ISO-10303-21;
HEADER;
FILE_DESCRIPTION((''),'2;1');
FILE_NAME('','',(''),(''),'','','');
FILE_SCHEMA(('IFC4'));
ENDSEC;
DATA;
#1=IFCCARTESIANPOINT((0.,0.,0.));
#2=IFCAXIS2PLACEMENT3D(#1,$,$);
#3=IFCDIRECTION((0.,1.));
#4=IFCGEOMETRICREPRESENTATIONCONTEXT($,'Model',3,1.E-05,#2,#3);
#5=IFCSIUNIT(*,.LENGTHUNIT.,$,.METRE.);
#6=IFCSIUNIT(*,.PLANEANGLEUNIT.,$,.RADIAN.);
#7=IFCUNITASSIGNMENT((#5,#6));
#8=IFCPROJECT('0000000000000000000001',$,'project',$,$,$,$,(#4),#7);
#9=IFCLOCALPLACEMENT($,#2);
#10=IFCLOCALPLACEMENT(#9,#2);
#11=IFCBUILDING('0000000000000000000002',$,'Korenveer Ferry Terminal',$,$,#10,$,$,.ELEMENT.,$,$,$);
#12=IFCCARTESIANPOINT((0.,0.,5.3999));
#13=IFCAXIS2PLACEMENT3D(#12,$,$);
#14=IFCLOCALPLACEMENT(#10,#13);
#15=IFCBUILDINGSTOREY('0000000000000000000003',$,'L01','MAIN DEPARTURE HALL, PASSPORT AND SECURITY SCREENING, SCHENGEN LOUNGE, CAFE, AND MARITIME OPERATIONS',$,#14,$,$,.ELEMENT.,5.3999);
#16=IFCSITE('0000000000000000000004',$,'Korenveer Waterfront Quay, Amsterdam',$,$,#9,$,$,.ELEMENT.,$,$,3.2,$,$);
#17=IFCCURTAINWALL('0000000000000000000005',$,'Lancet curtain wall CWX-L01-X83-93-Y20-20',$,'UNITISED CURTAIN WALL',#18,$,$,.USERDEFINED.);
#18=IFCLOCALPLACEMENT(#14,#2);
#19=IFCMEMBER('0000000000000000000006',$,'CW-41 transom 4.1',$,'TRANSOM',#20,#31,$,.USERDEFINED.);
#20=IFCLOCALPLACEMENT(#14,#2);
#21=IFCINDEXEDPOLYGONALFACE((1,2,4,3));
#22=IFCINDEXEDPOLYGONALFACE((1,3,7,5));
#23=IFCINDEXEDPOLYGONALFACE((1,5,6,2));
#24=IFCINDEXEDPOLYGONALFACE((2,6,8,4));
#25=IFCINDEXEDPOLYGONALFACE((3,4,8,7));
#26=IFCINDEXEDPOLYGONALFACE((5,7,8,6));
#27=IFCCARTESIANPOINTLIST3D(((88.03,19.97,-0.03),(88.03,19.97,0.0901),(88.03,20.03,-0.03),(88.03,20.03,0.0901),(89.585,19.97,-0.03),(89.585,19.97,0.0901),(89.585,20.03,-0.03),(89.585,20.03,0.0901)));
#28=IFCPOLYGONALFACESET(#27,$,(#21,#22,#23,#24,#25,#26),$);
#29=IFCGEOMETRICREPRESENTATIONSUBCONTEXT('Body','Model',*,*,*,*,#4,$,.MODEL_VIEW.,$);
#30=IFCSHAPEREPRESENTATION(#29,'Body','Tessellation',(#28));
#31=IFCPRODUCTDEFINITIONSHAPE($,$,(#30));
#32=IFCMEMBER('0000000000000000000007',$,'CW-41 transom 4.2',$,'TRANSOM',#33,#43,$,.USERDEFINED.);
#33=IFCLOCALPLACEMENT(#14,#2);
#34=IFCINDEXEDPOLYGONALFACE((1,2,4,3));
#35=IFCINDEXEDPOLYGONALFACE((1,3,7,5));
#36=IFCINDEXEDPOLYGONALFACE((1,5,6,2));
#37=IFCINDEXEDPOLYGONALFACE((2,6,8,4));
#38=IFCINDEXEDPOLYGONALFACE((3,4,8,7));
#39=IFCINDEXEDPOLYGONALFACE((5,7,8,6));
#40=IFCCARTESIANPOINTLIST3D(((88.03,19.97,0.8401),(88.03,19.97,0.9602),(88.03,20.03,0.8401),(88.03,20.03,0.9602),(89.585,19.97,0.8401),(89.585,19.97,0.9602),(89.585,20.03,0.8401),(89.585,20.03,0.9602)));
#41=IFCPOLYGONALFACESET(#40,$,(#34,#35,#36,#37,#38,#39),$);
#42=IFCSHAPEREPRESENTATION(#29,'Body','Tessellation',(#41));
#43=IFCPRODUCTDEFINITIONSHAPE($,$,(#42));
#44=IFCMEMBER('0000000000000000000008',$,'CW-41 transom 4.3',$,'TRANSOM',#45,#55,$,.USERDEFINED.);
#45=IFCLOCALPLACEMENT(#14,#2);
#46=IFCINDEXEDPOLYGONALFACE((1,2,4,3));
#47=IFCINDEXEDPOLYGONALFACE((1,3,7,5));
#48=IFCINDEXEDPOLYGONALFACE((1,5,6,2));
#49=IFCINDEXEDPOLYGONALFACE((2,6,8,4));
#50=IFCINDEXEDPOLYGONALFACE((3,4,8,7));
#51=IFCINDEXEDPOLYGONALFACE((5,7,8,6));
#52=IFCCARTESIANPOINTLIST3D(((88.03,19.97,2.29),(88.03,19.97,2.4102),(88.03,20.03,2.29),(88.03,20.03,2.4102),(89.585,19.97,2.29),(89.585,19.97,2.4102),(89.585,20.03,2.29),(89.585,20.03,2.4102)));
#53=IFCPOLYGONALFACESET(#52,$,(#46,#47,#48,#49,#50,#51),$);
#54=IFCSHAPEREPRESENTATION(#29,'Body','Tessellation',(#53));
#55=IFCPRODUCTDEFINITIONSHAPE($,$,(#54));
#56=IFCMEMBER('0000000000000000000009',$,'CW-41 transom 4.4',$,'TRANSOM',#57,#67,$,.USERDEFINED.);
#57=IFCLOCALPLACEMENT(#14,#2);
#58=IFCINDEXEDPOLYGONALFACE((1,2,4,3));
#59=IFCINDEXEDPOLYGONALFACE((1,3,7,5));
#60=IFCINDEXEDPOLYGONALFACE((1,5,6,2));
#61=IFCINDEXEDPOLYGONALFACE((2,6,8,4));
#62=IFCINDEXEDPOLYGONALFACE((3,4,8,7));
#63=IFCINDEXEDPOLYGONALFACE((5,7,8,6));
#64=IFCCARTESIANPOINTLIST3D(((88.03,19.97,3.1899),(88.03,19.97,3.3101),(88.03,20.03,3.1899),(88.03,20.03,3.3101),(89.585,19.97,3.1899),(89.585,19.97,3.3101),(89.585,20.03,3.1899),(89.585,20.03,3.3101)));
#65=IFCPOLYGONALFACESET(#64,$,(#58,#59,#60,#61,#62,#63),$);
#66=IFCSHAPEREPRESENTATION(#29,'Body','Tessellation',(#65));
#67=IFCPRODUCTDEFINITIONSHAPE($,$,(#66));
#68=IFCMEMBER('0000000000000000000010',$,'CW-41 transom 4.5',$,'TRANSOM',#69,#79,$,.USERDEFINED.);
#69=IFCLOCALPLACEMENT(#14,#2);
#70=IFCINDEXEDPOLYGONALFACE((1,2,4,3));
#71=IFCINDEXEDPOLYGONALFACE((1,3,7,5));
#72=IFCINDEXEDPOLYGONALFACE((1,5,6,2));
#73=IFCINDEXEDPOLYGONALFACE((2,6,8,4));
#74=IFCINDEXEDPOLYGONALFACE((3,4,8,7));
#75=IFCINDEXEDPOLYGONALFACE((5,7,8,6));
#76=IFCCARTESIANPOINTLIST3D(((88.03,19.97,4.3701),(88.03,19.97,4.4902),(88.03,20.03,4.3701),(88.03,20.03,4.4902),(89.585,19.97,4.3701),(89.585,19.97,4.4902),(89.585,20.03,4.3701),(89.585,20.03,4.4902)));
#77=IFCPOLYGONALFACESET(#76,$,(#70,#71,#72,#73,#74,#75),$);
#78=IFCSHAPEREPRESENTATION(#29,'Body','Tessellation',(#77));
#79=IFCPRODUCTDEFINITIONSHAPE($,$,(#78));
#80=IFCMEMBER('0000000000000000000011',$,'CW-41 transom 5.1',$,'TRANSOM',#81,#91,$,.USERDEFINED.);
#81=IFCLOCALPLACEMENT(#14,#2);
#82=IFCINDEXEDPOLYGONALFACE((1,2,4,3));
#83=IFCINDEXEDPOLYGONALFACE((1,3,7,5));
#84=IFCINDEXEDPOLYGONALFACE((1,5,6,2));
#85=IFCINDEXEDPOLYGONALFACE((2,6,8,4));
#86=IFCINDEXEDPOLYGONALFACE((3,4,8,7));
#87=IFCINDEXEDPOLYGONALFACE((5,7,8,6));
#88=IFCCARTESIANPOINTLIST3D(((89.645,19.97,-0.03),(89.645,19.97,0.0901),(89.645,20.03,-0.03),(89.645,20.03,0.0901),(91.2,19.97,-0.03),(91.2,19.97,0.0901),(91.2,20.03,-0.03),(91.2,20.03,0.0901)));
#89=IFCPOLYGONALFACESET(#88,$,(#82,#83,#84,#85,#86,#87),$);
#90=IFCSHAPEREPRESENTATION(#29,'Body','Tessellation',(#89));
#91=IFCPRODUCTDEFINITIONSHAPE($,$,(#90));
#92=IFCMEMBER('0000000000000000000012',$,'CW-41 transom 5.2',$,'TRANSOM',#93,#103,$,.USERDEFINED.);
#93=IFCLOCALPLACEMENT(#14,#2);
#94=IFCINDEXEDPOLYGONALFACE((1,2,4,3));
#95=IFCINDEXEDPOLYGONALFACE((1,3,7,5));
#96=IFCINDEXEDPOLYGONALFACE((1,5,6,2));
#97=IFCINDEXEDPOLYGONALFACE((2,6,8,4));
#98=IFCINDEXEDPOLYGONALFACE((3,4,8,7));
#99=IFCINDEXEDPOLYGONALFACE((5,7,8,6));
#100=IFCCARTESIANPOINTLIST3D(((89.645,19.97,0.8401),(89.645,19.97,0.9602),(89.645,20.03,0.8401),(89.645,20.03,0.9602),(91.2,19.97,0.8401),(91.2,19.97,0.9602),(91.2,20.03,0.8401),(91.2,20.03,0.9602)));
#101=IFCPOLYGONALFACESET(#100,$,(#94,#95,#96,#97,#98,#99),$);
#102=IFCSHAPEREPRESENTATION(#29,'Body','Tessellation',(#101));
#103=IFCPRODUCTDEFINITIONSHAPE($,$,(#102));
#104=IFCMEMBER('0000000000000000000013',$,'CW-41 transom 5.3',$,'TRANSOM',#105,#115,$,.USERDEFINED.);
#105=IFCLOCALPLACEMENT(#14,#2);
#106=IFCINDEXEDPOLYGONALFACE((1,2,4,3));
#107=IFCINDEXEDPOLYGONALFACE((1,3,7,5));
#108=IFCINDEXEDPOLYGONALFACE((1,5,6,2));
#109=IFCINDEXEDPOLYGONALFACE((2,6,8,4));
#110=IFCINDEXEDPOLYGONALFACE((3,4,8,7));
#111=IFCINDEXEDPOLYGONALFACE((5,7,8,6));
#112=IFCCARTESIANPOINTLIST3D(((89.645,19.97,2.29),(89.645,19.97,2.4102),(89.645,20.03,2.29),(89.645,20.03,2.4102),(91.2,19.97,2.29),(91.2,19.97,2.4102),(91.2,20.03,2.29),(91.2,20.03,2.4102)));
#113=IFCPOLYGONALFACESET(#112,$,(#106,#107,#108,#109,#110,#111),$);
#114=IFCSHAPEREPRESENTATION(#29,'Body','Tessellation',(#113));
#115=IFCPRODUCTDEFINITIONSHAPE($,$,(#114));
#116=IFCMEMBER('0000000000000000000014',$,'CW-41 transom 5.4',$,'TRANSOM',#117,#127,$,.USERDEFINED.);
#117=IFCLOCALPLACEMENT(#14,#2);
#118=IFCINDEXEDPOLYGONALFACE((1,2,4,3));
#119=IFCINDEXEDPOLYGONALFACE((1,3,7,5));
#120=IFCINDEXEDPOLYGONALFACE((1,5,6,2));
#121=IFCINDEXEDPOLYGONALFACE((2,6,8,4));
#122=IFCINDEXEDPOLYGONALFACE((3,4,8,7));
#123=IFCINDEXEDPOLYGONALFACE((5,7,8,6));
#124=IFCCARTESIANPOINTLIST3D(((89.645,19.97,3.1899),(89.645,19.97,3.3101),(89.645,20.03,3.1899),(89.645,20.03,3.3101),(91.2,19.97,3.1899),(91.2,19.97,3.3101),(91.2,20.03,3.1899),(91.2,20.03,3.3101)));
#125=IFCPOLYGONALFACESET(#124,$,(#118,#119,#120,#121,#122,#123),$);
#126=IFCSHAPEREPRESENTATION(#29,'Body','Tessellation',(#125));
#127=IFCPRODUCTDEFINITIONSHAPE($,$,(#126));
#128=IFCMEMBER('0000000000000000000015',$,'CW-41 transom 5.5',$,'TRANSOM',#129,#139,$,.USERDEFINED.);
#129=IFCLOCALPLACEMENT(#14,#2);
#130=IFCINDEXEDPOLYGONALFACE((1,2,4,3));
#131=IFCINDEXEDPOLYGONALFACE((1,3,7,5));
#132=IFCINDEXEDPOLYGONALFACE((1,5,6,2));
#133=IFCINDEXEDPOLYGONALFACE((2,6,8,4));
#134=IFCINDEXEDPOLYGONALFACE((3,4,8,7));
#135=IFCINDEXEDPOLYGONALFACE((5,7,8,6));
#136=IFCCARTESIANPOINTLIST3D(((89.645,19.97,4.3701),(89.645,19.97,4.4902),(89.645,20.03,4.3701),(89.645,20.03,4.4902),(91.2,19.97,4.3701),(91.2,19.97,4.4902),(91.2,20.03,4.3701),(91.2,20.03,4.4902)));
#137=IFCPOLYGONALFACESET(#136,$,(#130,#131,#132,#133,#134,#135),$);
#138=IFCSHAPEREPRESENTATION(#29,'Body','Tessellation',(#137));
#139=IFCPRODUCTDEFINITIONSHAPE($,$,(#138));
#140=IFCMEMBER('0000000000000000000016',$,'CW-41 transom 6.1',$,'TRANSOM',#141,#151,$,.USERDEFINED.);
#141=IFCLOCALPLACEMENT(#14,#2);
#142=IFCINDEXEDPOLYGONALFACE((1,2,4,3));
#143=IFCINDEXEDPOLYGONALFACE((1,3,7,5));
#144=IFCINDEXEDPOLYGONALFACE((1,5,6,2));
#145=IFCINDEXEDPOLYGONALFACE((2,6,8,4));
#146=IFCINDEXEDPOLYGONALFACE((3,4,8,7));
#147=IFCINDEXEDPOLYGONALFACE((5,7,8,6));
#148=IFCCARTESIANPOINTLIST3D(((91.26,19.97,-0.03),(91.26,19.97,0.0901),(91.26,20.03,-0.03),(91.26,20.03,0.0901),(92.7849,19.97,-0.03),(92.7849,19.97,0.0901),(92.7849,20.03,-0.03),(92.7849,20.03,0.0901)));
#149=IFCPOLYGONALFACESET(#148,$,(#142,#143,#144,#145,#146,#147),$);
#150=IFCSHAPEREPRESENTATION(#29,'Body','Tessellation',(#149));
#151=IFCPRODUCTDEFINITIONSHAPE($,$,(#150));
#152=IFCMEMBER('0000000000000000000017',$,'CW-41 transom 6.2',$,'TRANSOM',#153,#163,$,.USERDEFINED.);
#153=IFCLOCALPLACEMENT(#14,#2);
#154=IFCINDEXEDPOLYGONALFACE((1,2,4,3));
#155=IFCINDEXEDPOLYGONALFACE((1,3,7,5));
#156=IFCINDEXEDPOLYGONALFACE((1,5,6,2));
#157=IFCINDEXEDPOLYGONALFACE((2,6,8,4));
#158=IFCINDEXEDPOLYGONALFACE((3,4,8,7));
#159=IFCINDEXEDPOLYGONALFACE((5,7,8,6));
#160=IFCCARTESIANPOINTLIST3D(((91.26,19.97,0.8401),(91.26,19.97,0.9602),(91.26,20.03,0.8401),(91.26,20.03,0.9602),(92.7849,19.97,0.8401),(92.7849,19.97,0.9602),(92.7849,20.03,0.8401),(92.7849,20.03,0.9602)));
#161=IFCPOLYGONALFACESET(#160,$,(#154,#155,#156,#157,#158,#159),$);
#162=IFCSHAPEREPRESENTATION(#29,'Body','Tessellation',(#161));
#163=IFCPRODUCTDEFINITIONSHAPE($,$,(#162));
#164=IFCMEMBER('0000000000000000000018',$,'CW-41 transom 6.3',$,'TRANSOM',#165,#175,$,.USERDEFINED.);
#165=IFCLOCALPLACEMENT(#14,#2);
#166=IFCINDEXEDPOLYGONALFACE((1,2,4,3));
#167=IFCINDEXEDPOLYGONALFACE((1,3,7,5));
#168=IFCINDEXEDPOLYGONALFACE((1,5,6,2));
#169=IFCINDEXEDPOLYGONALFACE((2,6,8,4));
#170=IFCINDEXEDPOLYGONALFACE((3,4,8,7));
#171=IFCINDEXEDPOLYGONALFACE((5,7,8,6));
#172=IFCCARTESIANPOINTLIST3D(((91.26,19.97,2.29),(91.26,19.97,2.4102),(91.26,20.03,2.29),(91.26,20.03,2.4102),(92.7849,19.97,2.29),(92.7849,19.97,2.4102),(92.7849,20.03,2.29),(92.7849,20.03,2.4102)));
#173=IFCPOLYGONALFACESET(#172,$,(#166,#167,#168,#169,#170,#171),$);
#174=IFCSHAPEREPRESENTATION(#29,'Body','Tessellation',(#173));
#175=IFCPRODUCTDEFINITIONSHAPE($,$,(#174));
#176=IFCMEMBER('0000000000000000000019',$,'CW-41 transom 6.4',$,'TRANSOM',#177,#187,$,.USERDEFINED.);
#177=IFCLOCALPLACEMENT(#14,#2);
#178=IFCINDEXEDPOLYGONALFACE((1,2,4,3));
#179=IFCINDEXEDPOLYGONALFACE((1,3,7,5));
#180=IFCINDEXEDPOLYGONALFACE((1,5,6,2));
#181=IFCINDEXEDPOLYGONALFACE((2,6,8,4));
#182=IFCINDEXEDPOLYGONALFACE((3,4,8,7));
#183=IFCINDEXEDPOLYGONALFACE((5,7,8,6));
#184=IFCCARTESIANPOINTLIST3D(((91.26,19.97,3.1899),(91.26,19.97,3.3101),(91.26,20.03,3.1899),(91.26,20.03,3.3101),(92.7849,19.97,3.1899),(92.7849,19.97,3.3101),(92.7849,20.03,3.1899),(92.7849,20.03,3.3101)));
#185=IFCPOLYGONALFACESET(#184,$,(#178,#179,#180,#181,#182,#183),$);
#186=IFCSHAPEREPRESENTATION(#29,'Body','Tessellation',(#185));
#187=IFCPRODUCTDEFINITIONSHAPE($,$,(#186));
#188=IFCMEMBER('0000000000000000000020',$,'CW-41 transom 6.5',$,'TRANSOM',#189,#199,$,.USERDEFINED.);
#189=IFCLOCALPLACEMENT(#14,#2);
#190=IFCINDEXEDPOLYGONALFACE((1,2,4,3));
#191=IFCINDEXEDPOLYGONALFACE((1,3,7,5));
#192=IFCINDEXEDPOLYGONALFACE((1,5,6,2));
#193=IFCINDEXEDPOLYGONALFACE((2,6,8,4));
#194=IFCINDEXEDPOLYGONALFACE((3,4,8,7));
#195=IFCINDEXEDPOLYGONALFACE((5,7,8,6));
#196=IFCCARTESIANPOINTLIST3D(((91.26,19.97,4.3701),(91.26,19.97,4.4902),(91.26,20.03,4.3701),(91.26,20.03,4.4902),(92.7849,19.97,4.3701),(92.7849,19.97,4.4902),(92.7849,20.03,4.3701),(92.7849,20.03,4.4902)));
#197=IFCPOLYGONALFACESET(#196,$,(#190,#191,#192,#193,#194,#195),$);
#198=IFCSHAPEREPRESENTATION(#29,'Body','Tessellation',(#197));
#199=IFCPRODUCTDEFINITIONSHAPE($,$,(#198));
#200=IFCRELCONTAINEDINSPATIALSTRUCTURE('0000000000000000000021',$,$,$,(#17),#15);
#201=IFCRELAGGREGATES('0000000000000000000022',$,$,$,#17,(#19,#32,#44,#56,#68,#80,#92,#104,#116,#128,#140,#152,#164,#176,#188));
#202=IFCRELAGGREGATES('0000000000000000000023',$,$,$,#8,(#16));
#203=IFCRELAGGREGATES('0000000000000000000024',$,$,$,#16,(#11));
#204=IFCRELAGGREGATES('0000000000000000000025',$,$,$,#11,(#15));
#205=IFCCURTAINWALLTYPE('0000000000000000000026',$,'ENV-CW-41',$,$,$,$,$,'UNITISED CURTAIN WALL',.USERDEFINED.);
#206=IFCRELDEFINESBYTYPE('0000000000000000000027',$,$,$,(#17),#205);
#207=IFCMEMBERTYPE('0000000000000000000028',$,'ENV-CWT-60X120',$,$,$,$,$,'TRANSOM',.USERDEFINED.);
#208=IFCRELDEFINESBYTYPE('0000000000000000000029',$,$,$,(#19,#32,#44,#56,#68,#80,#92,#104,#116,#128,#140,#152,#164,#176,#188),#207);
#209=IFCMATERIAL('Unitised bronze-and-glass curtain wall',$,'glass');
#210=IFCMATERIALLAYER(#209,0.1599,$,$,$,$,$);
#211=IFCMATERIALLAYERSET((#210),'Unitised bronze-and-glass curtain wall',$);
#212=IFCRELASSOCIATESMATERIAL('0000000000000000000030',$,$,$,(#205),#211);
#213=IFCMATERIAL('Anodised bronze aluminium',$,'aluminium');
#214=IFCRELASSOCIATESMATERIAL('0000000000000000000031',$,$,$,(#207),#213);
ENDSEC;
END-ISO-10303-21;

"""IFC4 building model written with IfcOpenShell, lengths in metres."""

from ifc_helpers import new_model, si_unit, direction, frame, origin, origin_2d, place, context, subcontext, project, spatial, rectangle, extrude, material, layer, layer_set, material_profile, profile_set, type_object, element, aggregate, save


model = new_model("IFC4")

# Units and contexts
model_context = context("Model", 3, precision=1e-05, world=origin(), true_north=direction((0.0, 1.0)))
body_context = subcontext(model_context, "Body", "Model", "MODEL_VIEW")
ifc_project = project(units=[si_unit("LENGTHUNIT", "METRE"), si_unit("PLANEANGLEUNIT", "RADIAN")], contexts=[model_context])

# Site, building, storey
site_placement = place(None, origin())
site = spatial("IfcSite", under=ifc_project, at=site_placement, Name="Korenveer Waterfront Quay, Amsterdam", CompositionType="ELEMENT", RefElevation=3.2)
building_placement = place(site_placement, origin())
building = spatial("IfcBuilding", under=site, at=building_placement, Name="Korenveer Ferry Terminal", CompositionType="ELEMENT")
storey_placement = place(building_placement, frame((0.0, 0.0, 5.3999)))
storey = spatial("IfcBuildingStorey", under=building, at=storey_placement, Name="L01", Description="MAIN DEPARTURE HALL, PASSPORT AND SECURITY SCREENING, SCHENGEN LOUNGE, CAFE, AND MARITIME OPERATIONS", CompositionType="ELEMENT", Elevation=5.3999)

# Curtain wall
ifc_material_1 = material(Name="Unitised bronze-and-glass curtain wall", Category="glass")
ifc_layer_1 = layer(ifc_material_1, 0.1599)
ifc_layer_set_1 = layer_set([ifc_layer_1], Name="Unitised bronze-and-glass curtain wall")
curtain_wall_type_1 = type_object("IfcCurtainWallType", Name="ENV-CW-41", ElementType="UNITISED CURTAIN WALL", PredefinedType="USERDEFINED", material=ifc_layer_set_1)
curtain_wall_1_placement = place(storey_placement, frame((83.155, 20.0, 0.0)))
curtain_wall_1 = element("IfcCurtainWall", 1, at=curtain_wall_1_placement, inside=storey, type_object=curtain_wall_type_1, Name="Lancet curtain wall CWX-L01-X83-93-Y20-20", ObjectType="UNITISED CURTAIN WALL", PredefinedType="USERDEFINED")
ifc_material_2 = material(Name="Anodised bronze aluminium", Category="aluminium")

# Members
ifc_material_profile_1 = material_profile(ifc_material_2, rectangle(XDim=0.0601, YDim=0.1201, at=origin_2d()), Name="ALU 60x120")
ifc_profile_set_1 = profile_set([ifc_material_profile_1], Name="Anodised bronze aluminium")
member_type_1 = type_object("IfcMemberType", Name="ENV-CWT-60X120", ElementType="TRANSOM", PredefinedType="USERDEFINED", material=ifc_profile_set_1)
member_1_placement = place(storey_placement, frame((88.03, 20.0, 0.03), z_axis=(1.0, 0.0, 0.0), x_axis=(0.0, 1.0, 0.0)))
member_1 = element("IfcMember", 2, at=member_1_placement, type_object=member_type_1, Name="CW-41 transom 4.1", ObjectType="TRANSOM", PredefinedType="USERDEFINED", context=body_context, shape_type="SweptSolid", body=[
    extrude(rectangle(XDim=0.0601, YDim=0.1201, at=origin_2d()), origin(), (0.0, 0.0, 1.0), 1.5549),
])
member_2_placement = place(storey_placement, frame((88.03, 20.0, 0.9001), z_axis=(1.0, 0.0, 0.0), x_axis=(0.0, 1.0, 0.0)))
member_2 = element("IfcMember", 3, at=member_2_placement, type_object=member_type_1, Name="CW-41 transom 4.2", ObjectType="TRANSOM", PredefinedType="USERDEFINED", context=body_context, shape_type="SweptSolid", body=[
    extrude(rectangle(XDim=0.0601, YDim=0.1201, at=origin_2d()), origin(), (0.0, 0.0, 1.0), 1.5549),
])
member_3_placement = place(storey_placement, frame((88.03, 20.0, 2.3501), z_axis=(1.0, 0.0, 0.0), x_axis=(0.0, 1.0, 0.0)))
member_3 = element("IfcMember", 4, at=member_3_placement, type_object=member_type_1, Name="CW-41 transom 4.3", ObjectType="TRANSOM", PredefinedType="USERDEFINED", context=body_context, shape_type="SweptSolid", body=[
    extrude(rectangle(XDim=0.0601, YDim=0.1201, at=origin_2d()), origin(), (0.0, 0.0, 1.0), 1.5549),
])
member_4_placement = place(storey_placement, frame((88.03, 20.0, 3.25), z_axis=(1.0, 0.0, 0.0), x_axis=(0.0, 1.0, 0.0)))
member_4 = element("IfcMember", 5, at=member_4_placement, type_object=member_type_1, Name="CW-41 transom 4.4", ObjectType="TRANSOM", PredefinedType="USERDEFINED", context=body_context, shape_type="SweptSolid", body=[
    extrude(rectangle(XDim=0.0601, YDim=0.1201, at=origin_2d()), origin(), (0.0, 0.0, 1.0), 1.5549),
])
member_5_placement = place(storey_placement, frame((88.03, 20.0, 4.4302), z_axis=(1.0, 0.0, 0.0), x_axis=(0.0, 1.0, 0.0)))
member_5 = element("IfcMember", 6, at=member_5_placement, type_object=member_type_1, Name="CW-41 transom 4.5", ObjectType="TRANSOM", PredefinedType="USERDEFINED", context=body_context, shape_type="SweptSolid", body=[
    extrude(rectangle(XDim=0.0601, YDim=0.1201, at=origin_2d()), origin(), (0.0, 0.0, 1.0), 1.5549),
])
member_6_placement = place(storey_placement, frame((89.645, 20.0, 0.03), z_axis=(1.0, 0.0, 0.0), x_axis=(0.0, 1.0, 0.0)))
member_6 = element("IfcMember", 7, at=member_6_placement, type_object=member_type_1, Name="CW-41 transom 5.1", ObjectType="TRANSOM", PredefinedType="USERDEFINED", context=body_context, shape_type="SweptSolid", body=[
    extrude(rectangle(XDim=0.0601, YDim=0.1201, at=origin_2d()), origin(), (0.0, 0.0, 1.0), 1.5549),
])
member_7_placement = place(storey_placement, frame((89.645, 20.0, 0.9001), z_axis=(1.0, 0.0, 0.0), x_axis=(0.0, 1.0, 0.0)))
member_7 = element("IfcMember", 8, at=member_7_placement, type_object=member_type_1, Name="CW-41 transom 5.2", ObjectType="TRANSOM", PredefinedType="USERDEFINED", context=body_context, shape_type="SweptSolid", body=[
    extrude(rectangle(XDim=0.0601, YDim=0.1201, at=origin_2d()), origin(), (0.0, 0.0, 1.0), 1.5549),
])
member_8_placement = place(storey_placement, frame((89.645, 20.0, 2.3501), z_axis=(1.0, 0.0, 0.0), x_axis=(0.0, 1.0, 0.0)))
member_8 = element("IfcMember", 9, at=member_8_placement, type_object=member_type_1, Name="CW-41 transom 5.3", ObjectType="TRANSOM", PredefinedType="USERDEFINED", context=body_context, shape_type="SweptSolid", body=[
    extrude(rectangle(XDim=0.0601, YDim=0.1201, at=origin_2d()), origin(), (0.0, 0.0, 1.0), 1.5549),
])
member_9_placement = place(storey_placement, frame((89.645, 20.0, 3.25), z_axis=(1.0, 0.0, 0.0), x_axis=(0.0, 1.0, 0.0)))
member_9 = element("IfcMember", 10, at=member_9_placement, type_object=member_type_1, Name="CW-41 transom 5.4", ObjectType="TRANSOM", PredefinedType="USERDEFINED", context=body_context, shape_type="SweptSolid", body=[
    extrude(rectangle(XDim=0.0601, YDim=0.1201, at=origin_2d()), origin(), (0.0, 0.0, 1.0), 1.5549),
])
member_10_placement = place(storey_placement, frame((89.645, 20.0, 4.4302), z_axis=(1.0, 0.0, 0.0), x_axis=(0.0, 1.0, 0.0)))
member_10 = element("IfcMember", 11, at=member_10_placement, type_object=member_type_1, Name="CW-41 transom 5.5", ObjectType="TRANSOM", PredefinedType="USERDEFINED", context=body_context, shape_type="SweptSolid", body=[
    extrude(rectangle(XDim=0.0601, YDim=0.1201, at=origin_2d()), origin(), (0.0, 0.0, 1.0), 1.5549),
])
member_11_placement = place(storey_placement, frame((91.26, 20.0, 0.03), z_axis=(1.0, 0.0, 0.0), x_axis=(0.0, 1.0, 0.0)))
member_11 = element("IfcMember", 12, at=member_11_placement, type_object=member_type_1, Name="CW-41 transom 6.1", ObjectType="TRANSOM", PredefinedType="USERDEFINED", context=body_context, shape_type="SweptSolid", body=[
    extrude(rectangle(XDim=0.0601, YDim=0.1201, at=origin_2d()), origin(), (0.0, 0.0, 1.0), 1.5249),
])
member_12_placement = place(storey_placement, frame((91.26, 20.0, 0.9001), z_axis=(1.0, 0.0, 0.0), x_axis=(0.0, 1.0, 0.0)))
member_12 = element("IfcMember", 13, at=member_12_placement, type_object=member_type_1, Name="CW-41 transom 6.2", ObjectType="TRANSOM", PredefinedType="USERDEFINED", context=body_context, shape_type="SweptSolid", body=[
    extrude(rectangle(XDim=0.0601, YDim=0.1201, at=origin_2d()), origin(), (0.0, 0.0, 1.0), 1.5249),
])
member_13_placement = place(storey_placement, frame((91.26, 20.0, 2.3501), z_axis=(1.0, 0.0, 0.0), x_axis=(0.0, 1.0, 0.0)))
member_13 = element("IfcMember", 14, at=member_13_placement, type_object=member_type_1, Name="CW-41 transom 6.3", ObjectType="TRANSOM", PredefinedType="USERDEFINED", context=body_context, shape_type="SweptSolid", body=[
    extrude(rectangle(XDim=0.0601, YDim=0.1201, at=origin_2d()), origin(), (0.0, 0.0, 1.0), 1.5249),
])
member_14_placement = place(storey_placement, frame((91.26, 20.0, 3.25), z_axis=(1.0, 0.0, 0.0), x_axis=(0.0, 1.0, 0.0)))
member_14 = element("IfcMember", 15, at=member_14_placement, type_object=member_type_1, Name="CW-41 transom 6.4", ObjectType="TRANSOM", PredefinedType="USERDEFINED", context=body_context, shape_type="SweptSolid", body=[
    extrude(rectangle(XDim=0.0601, YDim=0.1201, at=origin_2d()), origin(), (0.0, 0.0, 1.0), 1.5249),
])
member_15_placement = place(storey_placement, frame((91.26, 20.0, 4.4302), z_axis=(1.0, 0.0, 0.0), x_axis=(0.0, 1.0, 0.0)))
member_15 = element("IfcMember", 16, at=member_15_placement, type_object=member_type_1, Name="CW-41 transom 6.5", ObjectType="TRANSOM", PredefinedType="USERDEFINED", context=body_context, shape_type="SweptSolid", body=[
    extrude(rectangle(XDim=0.0601, YDim=0.1201, at=origin_2d()), origin(), (0.0, 0.0, 1.0), 1.5249),
])

aggregate(curtain_wall_1, [member_1, member_2, member_3, member_4, member_5, member_6, member_7, member_8, member_9, member_10, member_11, member_12, member_13, member_14, member_15])

save(model, "model.ifc")
